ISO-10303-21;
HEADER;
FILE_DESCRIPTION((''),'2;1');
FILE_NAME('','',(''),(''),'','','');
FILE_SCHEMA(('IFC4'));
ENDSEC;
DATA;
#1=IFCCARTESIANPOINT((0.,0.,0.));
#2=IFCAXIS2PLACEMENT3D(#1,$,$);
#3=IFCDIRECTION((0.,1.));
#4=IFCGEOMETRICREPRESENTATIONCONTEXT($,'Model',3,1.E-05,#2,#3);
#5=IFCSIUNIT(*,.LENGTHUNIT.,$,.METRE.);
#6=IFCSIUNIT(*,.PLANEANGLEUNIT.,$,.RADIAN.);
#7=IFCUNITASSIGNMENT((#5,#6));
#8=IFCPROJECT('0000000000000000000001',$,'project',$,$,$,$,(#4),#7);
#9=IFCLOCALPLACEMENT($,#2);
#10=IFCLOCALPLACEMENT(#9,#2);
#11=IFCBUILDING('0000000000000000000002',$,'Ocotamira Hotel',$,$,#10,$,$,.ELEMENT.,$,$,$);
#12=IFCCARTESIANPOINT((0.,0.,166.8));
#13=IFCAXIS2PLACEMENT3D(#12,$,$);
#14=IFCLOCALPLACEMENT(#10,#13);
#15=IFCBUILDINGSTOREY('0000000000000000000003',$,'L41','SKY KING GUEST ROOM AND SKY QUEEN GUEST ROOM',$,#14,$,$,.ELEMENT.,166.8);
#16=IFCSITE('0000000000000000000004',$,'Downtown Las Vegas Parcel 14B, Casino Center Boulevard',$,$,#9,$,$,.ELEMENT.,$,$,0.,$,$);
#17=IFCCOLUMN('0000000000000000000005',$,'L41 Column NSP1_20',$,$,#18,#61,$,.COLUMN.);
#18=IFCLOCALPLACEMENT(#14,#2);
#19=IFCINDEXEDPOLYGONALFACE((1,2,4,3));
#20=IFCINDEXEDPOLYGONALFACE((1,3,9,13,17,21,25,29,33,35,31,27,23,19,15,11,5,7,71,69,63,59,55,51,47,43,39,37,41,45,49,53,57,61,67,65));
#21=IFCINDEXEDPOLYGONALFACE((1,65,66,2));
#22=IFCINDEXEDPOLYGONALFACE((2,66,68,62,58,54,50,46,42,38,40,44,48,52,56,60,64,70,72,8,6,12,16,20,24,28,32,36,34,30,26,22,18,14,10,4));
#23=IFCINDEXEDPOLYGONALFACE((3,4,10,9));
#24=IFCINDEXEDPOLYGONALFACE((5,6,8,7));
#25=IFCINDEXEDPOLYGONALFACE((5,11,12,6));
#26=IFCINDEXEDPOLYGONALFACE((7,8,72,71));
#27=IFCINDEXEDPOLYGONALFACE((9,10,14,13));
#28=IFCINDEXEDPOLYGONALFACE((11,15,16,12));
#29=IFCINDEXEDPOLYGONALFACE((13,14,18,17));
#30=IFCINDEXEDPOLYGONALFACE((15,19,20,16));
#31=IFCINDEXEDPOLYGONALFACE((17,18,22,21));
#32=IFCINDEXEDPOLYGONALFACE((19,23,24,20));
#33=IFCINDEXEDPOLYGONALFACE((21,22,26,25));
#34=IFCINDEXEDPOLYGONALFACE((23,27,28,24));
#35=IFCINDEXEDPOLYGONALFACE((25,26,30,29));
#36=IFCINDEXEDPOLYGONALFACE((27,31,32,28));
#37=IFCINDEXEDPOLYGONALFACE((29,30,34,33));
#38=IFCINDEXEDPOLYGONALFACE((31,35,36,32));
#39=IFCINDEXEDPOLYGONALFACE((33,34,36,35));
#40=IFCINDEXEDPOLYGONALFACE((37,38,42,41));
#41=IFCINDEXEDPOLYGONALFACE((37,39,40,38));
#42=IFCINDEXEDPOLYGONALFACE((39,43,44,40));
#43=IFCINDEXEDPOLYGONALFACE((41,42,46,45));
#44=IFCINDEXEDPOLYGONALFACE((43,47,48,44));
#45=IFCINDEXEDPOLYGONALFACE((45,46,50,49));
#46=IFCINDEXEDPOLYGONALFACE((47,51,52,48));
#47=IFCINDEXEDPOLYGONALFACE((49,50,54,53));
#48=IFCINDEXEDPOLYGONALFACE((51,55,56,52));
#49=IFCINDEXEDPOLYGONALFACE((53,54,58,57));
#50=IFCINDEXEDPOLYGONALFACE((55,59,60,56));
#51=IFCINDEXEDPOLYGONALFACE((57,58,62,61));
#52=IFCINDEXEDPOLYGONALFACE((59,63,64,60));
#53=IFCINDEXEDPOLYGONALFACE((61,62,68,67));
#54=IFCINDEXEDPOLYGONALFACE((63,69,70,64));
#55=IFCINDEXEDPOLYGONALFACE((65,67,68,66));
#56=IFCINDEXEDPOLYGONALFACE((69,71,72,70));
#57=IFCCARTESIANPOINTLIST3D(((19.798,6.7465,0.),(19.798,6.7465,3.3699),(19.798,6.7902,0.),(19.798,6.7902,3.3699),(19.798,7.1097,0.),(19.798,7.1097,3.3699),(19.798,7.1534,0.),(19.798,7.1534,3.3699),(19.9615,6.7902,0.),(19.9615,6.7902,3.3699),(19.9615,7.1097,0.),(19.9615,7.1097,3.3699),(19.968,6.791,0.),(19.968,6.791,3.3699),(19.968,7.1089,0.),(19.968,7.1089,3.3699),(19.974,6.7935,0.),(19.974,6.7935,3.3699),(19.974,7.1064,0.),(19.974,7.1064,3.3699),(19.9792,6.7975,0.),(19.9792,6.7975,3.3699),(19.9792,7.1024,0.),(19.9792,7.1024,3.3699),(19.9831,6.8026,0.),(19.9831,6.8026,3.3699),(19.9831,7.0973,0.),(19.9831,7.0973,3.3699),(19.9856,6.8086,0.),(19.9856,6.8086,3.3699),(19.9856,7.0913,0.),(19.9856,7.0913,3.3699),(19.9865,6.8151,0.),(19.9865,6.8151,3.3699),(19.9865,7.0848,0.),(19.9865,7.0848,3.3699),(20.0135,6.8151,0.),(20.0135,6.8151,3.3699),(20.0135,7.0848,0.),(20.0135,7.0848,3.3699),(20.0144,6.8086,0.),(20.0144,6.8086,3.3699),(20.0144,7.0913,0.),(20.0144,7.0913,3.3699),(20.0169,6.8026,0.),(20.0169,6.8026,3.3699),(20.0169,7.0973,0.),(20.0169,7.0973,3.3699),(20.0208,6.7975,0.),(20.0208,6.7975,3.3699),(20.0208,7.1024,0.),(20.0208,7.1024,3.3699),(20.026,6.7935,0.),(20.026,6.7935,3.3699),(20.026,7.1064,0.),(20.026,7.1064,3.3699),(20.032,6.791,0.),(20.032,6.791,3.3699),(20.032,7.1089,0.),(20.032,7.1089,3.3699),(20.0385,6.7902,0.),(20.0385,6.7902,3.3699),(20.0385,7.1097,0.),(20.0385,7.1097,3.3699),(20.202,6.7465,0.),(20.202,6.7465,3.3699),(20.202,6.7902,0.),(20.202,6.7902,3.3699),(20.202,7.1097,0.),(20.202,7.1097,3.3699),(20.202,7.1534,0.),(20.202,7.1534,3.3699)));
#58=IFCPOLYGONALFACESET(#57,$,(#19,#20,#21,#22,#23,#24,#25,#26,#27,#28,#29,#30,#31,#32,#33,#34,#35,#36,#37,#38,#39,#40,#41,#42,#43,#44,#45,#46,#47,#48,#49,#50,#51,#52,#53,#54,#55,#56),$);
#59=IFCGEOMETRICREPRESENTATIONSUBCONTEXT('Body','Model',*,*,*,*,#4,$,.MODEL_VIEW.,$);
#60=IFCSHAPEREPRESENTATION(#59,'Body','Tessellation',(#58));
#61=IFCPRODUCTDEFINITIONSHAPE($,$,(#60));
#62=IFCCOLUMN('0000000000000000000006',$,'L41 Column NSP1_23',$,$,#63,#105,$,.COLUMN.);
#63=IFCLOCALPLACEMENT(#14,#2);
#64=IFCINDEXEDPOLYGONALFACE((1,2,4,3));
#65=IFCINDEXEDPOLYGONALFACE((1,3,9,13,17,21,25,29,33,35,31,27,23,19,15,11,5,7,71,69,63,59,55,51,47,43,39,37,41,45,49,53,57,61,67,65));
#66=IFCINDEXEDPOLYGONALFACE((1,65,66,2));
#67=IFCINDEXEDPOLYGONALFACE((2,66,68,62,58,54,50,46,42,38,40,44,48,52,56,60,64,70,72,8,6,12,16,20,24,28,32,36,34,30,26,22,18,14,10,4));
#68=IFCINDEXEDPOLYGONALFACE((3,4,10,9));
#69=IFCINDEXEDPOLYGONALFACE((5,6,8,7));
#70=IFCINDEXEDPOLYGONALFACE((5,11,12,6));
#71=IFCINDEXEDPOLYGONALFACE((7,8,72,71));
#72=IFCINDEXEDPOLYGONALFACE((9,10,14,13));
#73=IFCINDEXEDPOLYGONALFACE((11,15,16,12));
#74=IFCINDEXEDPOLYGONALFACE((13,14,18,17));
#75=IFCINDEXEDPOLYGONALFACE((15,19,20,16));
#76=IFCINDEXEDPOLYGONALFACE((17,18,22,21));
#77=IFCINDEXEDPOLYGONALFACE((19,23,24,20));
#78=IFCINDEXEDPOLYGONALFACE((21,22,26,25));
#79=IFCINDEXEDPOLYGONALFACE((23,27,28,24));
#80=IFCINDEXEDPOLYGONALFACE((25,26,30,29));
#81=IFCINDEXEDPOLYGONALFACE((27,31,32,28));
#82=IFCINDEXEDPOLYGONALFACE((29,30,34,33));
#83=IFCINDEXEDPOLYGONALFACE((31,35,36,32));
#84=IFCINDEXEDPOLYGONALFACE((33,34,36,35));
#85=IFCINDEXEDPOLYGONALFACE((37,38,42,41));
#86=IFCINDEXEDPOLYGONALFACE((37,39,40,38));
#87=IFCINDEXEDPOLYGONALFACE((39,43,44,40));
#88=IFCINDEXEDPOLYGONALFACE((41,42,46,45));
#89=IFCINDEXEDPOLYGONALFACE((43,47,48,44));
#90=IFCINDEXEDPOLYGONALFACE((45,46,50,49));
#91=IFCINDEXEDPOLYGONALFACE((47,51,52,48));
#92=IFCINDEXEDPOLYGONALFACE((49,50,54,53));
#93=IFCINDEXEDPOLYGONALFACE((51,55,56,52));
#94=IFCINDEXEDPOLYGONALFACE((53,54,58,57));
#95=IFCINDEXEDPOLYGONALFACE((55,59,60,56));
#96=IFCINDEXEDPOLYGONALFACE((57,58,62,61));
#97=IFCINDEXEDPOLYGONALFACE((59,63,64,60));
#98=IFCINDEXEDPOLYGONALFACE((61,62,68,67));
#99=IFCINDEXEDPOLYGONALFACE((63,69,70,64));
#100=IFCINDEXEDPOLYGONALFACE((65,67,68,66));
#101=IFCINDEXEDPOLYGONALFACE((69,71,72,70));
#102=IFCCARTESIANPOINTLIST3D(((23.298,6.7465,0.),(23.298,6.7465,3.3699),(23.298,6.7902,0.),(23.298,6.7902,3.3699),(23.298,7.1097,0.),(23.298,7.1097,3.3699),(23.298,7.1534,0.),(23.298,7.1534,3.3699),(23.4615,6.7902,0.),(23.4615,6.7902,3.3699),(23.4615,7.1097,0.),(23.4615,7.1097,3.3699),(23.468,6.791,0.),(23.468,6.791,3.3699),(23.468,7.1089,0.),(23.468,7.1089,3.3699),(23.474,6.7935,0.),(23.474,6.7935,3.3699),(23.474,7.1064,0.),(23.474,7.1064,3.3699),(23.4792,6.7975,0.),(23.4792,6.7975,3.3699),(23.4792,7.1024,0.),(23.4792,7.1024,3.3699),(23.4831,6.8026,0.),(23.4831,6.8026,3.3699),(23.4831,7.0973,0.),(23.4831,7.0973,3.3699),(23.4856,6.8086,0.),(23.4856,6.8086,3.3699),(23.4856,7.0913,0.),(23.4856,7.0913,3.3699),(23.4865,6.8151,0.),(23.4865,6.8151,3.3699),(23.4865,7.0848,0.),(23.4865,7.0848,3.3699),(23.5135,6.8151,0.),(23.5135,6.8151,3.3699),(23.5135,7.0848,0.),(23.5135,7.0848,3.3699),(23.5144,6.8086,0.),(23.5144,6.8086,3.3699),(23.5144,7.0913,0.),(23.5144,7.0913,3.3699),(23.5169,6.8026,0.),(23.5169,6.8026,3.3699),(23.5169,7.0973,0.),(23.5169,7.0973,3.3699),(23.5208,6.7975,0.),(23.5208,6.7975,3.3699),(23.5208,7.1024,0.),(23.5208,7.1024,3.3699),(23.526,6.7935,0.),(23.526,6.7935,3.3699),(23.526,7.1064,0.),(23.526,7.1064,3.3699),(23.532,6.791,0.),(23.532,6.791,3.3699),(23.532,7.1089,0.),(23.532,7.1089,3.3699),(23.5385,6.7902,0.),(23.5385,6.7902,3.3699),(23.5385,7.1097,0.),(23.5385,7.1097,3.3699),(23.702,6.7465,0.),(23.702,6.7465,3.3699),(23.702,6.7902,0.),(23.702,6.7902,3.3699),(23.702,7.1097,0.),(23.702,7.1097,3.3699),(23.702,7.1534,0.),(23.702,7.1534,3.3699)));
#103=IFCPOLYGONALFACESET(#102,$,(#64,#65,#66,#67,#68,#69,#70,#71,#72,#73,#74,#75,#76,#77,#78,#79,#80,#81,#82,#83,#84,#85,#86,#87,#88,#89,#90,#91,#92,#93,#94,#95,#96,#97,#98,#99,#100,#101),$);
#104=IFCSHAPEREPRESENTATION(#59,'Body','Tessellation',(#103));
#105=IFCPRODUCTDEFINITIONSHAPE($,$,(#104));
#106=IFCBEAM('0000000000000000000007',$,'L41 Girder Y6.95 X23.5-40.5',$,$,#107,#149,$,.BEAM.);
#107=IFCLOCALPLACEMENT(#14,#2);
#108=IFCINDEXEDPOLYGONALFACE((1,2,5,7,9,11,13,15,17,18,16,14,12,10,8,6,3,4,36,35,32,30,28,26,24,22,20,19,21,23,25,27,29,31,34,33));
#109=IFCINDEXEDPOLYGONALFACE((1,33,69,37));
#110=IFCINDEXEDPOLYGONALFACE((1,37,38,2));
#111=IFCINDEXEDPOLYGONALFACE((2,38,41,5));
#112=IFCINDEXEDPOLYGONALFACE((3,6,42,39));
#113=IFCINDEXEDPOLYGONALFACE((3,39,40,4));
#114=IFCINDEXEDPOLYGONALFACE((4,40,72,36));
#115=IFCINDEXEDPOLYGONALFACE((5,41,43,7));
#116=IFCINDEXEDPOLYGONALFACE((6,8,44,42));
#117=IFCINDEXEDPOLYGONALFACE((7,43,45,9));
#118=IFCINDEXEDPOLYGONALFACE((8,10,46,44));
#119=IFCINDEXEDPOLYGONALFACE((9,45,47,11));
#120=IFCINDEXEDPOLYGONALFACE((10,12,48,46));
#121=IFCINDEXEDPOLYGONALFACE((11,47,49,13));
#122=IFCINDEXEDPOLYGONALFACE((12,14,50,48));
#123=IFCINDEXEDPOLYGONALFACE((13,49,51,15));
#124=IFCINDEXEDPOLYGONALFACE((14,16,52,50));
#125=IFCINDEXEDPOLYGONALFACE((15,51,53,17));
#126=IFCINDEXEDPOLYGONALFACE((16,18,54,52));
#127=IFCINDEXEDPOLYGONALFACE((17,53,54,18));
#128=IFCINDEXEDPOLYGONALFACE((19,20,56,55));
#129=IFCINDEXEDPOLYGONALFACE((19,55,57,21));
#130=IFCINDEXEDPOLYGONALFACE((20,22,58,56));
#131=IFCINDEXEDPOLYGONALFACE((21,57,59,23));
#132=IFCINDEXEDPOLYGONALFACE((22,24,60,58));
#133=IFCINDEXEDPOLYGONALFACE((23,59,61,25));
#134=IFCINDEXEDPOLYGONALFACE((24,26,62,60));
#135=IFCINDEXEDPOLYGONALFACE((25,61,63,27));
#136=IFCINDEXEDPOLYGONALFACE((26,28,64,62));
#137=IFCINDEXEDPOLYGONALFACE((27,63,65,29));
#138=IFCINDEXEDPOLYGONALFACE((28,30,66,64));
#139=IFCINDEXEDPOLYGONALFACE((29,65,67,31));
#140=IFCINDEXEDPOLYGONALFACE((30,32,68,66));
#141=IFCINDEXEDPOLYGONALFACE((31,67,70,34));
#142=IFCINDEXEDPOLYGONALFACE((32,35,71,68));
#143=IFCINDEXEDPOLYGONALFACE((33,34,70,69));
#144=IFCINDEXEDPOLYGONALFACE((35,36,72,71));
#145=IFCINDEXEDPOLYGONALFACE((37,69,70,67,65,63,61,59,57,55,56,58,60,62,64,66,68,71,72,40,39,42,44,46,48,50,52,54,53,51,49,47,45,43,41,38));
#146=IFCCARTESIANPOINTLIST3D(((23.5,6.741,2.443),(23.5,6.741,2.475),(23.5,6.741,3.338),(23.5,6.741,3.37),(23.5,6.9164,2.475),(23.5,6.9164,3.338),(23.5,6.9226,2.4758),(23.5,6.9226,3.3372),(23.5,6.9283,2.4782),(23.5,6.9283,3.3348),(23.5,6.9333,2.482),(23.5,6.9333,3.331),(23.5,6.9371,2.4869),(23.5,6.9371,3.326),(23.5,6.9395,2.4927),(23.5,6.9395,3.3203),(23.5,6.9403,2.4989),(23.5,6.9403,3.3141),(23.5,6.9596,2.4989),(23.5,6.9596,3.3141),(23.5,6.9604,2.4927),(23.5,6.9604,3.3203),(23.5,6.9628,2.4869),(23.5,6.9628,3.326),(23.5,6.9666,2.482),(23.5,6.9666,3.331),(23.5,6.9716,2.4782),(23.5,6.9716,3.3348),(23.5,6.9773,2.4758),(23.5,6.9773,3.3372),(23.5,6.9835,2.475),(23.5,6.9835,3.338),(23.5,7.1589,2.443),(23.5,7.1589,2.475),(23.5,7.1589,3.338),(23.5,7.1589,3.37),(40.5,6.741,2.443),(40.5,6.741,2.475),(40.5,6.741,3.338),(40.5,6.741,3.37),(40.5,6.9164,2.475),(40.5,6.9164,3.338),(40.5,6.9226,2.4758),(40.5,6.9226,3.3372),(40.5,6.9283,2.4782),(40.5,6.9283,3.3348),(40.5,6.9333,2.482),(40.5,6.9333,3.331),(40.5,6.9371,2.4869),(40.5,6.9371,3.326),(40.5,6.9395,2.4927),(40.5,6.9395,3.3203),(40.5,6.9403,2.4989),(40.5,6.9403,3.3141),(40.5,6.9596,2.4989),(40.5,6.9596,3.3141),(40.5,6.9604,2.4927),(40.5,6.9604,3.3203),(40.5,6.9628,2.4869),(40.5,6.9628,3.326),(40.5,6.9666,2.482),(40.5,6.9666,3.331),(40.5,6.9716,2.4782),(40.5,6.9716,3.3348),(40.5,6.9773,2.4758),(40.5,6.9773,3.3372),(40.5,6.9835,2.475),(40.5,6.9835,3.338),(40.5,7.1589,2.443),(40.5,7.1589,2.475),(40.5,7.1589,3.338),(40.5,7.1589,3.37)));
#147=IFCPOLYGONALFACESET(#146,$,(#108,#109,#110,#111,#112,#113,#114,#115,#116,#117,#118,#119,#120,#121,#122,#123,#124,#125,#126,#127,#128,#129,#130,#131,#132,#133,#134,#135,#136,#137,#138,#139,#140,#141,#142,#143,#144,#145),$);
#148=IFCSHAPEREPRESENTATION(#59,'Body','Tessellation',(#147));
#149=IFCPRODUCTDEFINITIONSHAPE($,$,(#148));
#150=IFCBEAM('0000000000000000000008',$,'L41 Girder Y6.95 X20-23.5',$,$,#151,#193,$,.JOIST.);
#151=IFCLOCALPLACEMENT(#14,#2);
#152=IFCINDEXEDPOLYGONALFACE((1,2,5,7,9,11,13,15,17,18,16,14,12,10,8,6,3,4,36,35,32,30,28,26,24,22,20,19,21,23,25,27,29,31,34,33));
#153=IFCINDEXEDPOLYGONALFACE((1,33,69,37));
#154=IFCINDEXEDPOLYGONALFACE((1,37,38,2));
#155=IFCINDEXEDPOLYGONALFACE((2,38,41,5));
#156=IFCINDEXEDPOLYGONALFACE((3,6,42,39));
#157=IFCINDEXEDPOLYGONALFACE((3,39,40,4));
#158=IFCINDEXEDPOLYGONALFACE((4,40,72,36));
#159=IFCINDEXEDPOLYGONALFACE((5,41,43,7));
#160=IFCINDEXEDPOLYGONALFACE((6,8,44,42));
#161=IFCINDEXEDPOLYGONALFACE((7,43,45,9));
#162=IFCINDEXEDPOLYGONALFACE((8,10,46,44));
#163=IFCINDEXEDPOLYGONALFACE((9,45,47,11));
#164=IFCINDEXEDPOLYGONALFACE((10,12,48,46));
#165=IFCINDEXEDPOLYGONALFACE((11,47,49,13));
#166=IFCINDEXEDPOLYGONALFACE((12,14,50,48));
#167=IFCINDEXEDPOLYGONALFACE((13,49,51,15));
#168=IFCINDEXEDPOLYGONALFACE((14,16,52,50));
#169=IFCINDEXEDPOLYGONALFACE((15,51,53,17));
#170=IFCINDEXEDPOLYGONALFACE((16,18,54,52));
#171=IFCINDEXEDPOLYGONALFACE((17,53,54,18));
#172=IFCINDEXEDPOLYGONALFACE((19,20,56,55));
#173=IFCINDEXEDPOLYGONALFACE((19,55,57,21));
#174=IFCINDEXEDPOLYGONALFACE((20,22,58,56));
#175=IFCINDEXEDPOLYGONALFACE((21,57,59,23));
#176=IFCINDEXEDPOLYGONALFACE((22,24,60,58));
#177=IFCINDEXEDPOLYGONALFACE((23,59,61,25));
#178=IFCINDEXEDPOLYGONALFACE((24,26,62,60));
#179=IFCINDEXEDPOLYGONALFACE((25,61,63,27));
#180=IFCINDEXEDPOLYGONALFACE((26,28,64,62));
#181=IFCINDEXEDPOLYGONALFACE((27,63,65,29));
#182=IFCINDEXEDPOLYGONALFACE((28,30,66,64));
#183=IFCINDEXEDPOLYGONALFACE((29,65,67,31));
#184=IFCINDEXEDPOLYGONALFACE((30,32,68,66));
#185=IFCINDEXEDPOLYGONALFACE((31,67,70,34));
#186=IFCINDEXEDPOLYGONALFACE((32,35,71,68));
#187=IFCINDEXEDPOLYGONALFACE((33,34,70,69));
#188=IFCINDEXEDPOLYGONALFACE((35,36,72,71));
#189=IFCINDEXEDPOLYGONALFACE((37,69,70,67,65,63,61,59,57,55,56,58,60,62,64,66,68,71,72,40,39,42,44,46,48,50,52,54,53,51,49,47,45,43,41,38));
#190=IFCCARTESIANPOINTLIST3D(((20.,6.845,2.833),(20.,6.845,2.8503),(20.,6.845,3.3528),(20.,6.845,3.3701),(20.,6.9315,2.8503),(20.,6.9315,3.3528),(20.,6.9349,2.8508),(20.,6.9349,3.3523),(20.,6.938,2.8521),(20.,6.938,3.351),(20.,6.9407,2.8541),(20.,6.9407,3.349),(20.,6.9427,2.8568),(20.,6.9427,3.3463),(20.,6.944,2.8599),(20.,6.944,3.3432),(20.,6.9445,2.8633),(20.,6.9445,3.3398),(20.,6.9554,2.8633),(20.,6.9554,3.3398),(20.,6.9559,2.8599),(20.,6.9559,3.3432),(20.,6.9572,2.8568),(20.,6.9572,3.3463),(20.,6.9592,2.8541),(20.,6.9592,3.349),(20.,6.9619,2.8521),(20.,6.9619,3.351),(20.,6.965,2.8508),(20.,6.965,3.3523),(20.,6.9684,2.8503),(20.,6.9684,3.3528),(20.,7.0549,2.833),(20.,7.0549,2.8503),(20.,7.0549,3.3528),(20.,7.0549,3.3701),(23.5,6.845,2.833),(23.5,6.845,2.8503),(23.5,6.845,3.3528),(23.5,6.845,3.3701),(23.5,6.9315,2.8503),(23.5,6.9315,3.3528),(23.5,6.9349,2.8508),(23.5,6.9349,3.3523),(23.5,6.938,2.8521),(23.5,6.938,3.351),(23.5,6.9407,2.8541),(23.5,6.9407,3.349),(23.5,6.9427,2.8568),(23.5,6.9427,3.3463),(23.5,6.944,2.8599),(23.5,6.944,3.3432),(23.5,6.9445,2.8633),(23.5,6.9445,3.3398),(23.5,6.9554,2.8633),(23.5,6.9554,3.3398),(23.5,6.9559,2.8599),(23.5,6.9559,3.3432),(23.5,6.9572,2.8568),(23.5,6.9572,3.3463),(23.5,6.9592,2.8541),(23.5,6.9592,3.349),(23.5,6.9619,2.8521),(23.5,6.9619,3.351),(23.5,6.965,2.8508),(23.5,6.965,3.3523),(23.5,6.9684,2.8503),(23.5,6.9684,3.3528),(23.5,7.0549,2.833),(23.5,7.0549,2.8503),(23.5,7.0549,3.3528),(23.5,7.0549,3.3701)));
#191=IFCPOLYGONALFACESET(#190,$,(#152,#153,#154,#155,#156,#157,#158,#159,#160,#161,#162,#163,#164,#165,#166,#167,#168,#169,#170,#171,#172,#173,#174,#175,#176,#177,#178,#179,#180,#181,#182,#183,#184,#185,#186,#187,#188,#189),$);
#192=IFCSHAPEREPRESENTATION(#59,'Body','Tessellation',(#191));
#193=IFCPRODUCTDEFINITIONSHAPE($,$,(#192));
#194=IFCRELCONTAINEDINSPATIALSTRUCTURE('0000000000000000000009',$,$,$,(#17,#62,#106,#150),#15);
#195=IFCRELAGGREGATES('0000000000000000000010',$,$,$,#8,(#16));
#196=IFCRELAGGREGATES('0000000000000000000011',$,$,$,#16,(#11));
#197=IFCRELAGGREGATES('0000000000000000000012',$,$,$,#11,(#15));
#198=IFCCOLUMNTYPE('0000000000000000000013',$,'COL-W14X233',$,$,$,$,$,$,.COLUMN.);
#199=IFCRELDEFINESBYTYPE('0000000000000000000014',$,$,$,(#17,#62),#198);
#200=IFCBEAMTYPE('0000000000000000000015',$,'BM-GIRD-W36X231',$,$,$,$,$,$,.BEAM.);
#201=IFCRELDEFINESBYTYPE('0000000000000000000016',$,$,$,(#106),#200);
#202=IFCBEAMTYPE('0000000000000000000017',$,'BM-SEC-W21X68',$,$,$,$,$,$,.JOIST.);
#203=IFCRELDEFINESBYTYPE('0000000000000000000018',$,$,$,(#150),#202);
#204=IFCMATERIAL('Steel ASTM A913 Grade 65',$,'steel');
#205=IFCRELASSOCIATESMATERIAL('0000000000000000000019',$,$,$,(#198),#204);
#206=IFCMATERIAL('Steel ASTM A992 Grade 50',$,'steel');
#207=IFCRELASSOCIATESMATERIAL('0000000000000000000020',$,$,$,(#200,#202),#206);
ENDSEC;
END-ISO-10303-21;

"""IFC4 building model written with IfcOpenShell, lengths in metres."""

from ifc_helpers import new_model, si_unit, direction, frame, origin, origin_2d, place, context, subcontext, project, spatial, i_section, extrude, source, transform, mapped, material, material_profile, profile_set, type_object, element, save


model = new_model("IFC4")

# Units and contexts
model_context = context("Model", 3, precision=1e-05, world=origin(), true_north=direction((0.0, 1.0)))
body_context = subcontext(model_context, "Body", "Model", "MODEL_VIEW")
ifc_project = project(units=[si_unit("LENGTHUNIT", "METRE"), si_unit("PLANEANGLEUNIT", "RADIAN")], contexts=[model_context])

# Site, building, storey
site_placement = place(None, origin())
site = spatial("IfcSite", under=ifc_project, at=site_placement, Name="Downtown Las Vegas Parcel 14B, Casino Center Boulevard", CompositionType="ELEMENT", RefElevation=0.0)
building_placement = place(site_placement, origin())
building = spatial("IfcBuilding", under=site, at=building_placement, Name="Ocotamira Hotel", CompositionType="ELEMENT")
storey_placement = place(building_placement, frame((0.0, 0.0, 166.8)))
storey = spatial("IfcBuildingStorey", under=building, at=storey_placement, Name="L41", Description="SKY KING GUEST ROOM AND SKY QUEEN GUEST ROOM", CompositionType="ELEMENT", Elevation=166.8)

# Columns
ifc_material_1 = material(Name="Steel ASTM A913 Grade 65", Category="steel")
ifc_material_profile_1 = material_profile(ifc_material_1, i_section(OverallWidth=0.4041, OverallDepth=0.407, WebThickness=0.0271, FlangeThickness=0.0437, FilletRadius=0.0249, at=origin_2d()), Name="W14X233")
ifc_profile_set_1 = profile_set([ifc_material_profile_1], Name="Steel ASTM A913 Grade 65")
column_type = type_object("IfcColumnType", Name="COL-W14X233", PredefinedType="COLUMN", material=ifc_profile_set_1)
shared_shape_1 = source(origin(), body_context, "Body", "SweptSolid", [
    extrude(i_section(OverallWidth=0.4041, OverallDepth=0.407, WebThickness=0.0271, FlangeThickness=0.0437, FilletRadius=0.0249, at=origin_2d()), origin(), (0.0, 0.0, 1.0), 3.3699),
])
for number, where, z_axis, x_axis, name in (
    (1, (20.0, 6.95, 0.0), (0.0, 0.0, 1.0), (1.0, 0.0, 0.0), "L41 Column NSP1_20"),
    (2, (23.5, 6.95, 0.0), (0.0, 0.0, 1.0), (1.0, 0.0, 0.0), "L41 Column NSP1_23"),
):
    element("IfcColumn", number, at=place(storey_placement, frame(where, z_axis=z_axis, x_axis=x_axis)), inside=storey, type_object=column_type, Name=name, PredefinedType="COLUMN", context=body_context, shape_type="MappedRepresentation", body=[
        mapped(shared_shape_1, transform((0.0, 0.0, 0.0), scale=1.0)),
    ])

# Beams
ifc_material_2 = material(Name="Steel ASTM A992 Grade 50", Category="steel")
ifc_material_profile_2 = material_profile(ifc_material_2, i_section(OverallWidth=0.418, OverallDepth=0.927, WebThickness=0.0193, FlangeThickness=0.032, FilletRadius=0.0239, at=origin_2d()), Name="W36X231")
ifc_profile_set_2 = profile_set([ifc_material_profile_2], Name="Steel ASTM A992 Grade 50")
beam_type_1 = type_object("IfcBeamType", Name="BM-GIRD-W36X231", PredefinedType="BEAM", material=ifc_profile_set_2)
shared_shape_2 = source(origin(), body_context, "Body", "SweptSolid", [
    extrude(i_section(OverallWidth=0.418, OverallDepth=0.927, WebThickness=0.0193, FlangeThickness=0.032, FilletRadius=0.0239, at=origin_2d()), origin(), (0.0, 0.0, 1.0), 17.0),
])
beam_1_placement = place(storey_placement, frame((23.5, 6.95, 2.9065), z_axis=(1.0, 0.0, 0.0), x_axis=(0.0, 1.0, 0.0)))
element("IfcBeam", 3, at=beam_1_placement, inside=storey, type_object=beam_type_1, Name="L41 Girder Y6.95 X23.5-40.5", PredefinedType="BEAM", context=body_context, shape_type="MappedRepresentation", body=[
    mapped(shared_shape_2, transform((0.0, 0.0, 0.0), scale=1.0)),
])
ifc_material_profile_3 = material_profile(ifc_material_2, i_section(OverallWidth=0.21, OverallDepth=0.5371, WebThickness=0.011, FlangeThickness=0.0173, FilletRadius=0.0129, at=origin_2d()), Name="W21X68")
ifc_profile_set_3 = profile_set([ifc_material_profile_3], Name="Steel ASTM A992 Grade 50")
beam_type_2 = type_object("IfcBeamType", Name="BM-SEC-W21X68", PredefinedType="JOIST", material=ifc_profile_set_3)
shared_shape_3 = source(origin(), body_context, "Body", "SweptSolid", [
    extrude(i_section(OverallWidth=0.21, OverallDepth=0.5371, WebThickness=0.011, FlangeThickness=0.0173, FilletRadius=0.0129, at=origin_2d()), origin(), (0.0, 0.0, 1.0), 3.5),
])
beam_2_placement = place(storey_placement, frame((20.0, 6.95, 3.1016), z_axis=(1.0, 0.0, 0.0), x_axis=(0.0, 1.0, 0.0)))
element("IfcBeam", 4, at=beam_2_placement, inside=storey, type_object=beam_type_2, Name="L41 Girder Y6.95 X20-23.5", PredefinedType="JOIST", context=body_context, shape_type="MappedRepresentation", body=[
    mapped(shared_shape_3, transform((0.0, 0.0, 0.0), scale=1.0)),
])

save(model, "model.ifc")
